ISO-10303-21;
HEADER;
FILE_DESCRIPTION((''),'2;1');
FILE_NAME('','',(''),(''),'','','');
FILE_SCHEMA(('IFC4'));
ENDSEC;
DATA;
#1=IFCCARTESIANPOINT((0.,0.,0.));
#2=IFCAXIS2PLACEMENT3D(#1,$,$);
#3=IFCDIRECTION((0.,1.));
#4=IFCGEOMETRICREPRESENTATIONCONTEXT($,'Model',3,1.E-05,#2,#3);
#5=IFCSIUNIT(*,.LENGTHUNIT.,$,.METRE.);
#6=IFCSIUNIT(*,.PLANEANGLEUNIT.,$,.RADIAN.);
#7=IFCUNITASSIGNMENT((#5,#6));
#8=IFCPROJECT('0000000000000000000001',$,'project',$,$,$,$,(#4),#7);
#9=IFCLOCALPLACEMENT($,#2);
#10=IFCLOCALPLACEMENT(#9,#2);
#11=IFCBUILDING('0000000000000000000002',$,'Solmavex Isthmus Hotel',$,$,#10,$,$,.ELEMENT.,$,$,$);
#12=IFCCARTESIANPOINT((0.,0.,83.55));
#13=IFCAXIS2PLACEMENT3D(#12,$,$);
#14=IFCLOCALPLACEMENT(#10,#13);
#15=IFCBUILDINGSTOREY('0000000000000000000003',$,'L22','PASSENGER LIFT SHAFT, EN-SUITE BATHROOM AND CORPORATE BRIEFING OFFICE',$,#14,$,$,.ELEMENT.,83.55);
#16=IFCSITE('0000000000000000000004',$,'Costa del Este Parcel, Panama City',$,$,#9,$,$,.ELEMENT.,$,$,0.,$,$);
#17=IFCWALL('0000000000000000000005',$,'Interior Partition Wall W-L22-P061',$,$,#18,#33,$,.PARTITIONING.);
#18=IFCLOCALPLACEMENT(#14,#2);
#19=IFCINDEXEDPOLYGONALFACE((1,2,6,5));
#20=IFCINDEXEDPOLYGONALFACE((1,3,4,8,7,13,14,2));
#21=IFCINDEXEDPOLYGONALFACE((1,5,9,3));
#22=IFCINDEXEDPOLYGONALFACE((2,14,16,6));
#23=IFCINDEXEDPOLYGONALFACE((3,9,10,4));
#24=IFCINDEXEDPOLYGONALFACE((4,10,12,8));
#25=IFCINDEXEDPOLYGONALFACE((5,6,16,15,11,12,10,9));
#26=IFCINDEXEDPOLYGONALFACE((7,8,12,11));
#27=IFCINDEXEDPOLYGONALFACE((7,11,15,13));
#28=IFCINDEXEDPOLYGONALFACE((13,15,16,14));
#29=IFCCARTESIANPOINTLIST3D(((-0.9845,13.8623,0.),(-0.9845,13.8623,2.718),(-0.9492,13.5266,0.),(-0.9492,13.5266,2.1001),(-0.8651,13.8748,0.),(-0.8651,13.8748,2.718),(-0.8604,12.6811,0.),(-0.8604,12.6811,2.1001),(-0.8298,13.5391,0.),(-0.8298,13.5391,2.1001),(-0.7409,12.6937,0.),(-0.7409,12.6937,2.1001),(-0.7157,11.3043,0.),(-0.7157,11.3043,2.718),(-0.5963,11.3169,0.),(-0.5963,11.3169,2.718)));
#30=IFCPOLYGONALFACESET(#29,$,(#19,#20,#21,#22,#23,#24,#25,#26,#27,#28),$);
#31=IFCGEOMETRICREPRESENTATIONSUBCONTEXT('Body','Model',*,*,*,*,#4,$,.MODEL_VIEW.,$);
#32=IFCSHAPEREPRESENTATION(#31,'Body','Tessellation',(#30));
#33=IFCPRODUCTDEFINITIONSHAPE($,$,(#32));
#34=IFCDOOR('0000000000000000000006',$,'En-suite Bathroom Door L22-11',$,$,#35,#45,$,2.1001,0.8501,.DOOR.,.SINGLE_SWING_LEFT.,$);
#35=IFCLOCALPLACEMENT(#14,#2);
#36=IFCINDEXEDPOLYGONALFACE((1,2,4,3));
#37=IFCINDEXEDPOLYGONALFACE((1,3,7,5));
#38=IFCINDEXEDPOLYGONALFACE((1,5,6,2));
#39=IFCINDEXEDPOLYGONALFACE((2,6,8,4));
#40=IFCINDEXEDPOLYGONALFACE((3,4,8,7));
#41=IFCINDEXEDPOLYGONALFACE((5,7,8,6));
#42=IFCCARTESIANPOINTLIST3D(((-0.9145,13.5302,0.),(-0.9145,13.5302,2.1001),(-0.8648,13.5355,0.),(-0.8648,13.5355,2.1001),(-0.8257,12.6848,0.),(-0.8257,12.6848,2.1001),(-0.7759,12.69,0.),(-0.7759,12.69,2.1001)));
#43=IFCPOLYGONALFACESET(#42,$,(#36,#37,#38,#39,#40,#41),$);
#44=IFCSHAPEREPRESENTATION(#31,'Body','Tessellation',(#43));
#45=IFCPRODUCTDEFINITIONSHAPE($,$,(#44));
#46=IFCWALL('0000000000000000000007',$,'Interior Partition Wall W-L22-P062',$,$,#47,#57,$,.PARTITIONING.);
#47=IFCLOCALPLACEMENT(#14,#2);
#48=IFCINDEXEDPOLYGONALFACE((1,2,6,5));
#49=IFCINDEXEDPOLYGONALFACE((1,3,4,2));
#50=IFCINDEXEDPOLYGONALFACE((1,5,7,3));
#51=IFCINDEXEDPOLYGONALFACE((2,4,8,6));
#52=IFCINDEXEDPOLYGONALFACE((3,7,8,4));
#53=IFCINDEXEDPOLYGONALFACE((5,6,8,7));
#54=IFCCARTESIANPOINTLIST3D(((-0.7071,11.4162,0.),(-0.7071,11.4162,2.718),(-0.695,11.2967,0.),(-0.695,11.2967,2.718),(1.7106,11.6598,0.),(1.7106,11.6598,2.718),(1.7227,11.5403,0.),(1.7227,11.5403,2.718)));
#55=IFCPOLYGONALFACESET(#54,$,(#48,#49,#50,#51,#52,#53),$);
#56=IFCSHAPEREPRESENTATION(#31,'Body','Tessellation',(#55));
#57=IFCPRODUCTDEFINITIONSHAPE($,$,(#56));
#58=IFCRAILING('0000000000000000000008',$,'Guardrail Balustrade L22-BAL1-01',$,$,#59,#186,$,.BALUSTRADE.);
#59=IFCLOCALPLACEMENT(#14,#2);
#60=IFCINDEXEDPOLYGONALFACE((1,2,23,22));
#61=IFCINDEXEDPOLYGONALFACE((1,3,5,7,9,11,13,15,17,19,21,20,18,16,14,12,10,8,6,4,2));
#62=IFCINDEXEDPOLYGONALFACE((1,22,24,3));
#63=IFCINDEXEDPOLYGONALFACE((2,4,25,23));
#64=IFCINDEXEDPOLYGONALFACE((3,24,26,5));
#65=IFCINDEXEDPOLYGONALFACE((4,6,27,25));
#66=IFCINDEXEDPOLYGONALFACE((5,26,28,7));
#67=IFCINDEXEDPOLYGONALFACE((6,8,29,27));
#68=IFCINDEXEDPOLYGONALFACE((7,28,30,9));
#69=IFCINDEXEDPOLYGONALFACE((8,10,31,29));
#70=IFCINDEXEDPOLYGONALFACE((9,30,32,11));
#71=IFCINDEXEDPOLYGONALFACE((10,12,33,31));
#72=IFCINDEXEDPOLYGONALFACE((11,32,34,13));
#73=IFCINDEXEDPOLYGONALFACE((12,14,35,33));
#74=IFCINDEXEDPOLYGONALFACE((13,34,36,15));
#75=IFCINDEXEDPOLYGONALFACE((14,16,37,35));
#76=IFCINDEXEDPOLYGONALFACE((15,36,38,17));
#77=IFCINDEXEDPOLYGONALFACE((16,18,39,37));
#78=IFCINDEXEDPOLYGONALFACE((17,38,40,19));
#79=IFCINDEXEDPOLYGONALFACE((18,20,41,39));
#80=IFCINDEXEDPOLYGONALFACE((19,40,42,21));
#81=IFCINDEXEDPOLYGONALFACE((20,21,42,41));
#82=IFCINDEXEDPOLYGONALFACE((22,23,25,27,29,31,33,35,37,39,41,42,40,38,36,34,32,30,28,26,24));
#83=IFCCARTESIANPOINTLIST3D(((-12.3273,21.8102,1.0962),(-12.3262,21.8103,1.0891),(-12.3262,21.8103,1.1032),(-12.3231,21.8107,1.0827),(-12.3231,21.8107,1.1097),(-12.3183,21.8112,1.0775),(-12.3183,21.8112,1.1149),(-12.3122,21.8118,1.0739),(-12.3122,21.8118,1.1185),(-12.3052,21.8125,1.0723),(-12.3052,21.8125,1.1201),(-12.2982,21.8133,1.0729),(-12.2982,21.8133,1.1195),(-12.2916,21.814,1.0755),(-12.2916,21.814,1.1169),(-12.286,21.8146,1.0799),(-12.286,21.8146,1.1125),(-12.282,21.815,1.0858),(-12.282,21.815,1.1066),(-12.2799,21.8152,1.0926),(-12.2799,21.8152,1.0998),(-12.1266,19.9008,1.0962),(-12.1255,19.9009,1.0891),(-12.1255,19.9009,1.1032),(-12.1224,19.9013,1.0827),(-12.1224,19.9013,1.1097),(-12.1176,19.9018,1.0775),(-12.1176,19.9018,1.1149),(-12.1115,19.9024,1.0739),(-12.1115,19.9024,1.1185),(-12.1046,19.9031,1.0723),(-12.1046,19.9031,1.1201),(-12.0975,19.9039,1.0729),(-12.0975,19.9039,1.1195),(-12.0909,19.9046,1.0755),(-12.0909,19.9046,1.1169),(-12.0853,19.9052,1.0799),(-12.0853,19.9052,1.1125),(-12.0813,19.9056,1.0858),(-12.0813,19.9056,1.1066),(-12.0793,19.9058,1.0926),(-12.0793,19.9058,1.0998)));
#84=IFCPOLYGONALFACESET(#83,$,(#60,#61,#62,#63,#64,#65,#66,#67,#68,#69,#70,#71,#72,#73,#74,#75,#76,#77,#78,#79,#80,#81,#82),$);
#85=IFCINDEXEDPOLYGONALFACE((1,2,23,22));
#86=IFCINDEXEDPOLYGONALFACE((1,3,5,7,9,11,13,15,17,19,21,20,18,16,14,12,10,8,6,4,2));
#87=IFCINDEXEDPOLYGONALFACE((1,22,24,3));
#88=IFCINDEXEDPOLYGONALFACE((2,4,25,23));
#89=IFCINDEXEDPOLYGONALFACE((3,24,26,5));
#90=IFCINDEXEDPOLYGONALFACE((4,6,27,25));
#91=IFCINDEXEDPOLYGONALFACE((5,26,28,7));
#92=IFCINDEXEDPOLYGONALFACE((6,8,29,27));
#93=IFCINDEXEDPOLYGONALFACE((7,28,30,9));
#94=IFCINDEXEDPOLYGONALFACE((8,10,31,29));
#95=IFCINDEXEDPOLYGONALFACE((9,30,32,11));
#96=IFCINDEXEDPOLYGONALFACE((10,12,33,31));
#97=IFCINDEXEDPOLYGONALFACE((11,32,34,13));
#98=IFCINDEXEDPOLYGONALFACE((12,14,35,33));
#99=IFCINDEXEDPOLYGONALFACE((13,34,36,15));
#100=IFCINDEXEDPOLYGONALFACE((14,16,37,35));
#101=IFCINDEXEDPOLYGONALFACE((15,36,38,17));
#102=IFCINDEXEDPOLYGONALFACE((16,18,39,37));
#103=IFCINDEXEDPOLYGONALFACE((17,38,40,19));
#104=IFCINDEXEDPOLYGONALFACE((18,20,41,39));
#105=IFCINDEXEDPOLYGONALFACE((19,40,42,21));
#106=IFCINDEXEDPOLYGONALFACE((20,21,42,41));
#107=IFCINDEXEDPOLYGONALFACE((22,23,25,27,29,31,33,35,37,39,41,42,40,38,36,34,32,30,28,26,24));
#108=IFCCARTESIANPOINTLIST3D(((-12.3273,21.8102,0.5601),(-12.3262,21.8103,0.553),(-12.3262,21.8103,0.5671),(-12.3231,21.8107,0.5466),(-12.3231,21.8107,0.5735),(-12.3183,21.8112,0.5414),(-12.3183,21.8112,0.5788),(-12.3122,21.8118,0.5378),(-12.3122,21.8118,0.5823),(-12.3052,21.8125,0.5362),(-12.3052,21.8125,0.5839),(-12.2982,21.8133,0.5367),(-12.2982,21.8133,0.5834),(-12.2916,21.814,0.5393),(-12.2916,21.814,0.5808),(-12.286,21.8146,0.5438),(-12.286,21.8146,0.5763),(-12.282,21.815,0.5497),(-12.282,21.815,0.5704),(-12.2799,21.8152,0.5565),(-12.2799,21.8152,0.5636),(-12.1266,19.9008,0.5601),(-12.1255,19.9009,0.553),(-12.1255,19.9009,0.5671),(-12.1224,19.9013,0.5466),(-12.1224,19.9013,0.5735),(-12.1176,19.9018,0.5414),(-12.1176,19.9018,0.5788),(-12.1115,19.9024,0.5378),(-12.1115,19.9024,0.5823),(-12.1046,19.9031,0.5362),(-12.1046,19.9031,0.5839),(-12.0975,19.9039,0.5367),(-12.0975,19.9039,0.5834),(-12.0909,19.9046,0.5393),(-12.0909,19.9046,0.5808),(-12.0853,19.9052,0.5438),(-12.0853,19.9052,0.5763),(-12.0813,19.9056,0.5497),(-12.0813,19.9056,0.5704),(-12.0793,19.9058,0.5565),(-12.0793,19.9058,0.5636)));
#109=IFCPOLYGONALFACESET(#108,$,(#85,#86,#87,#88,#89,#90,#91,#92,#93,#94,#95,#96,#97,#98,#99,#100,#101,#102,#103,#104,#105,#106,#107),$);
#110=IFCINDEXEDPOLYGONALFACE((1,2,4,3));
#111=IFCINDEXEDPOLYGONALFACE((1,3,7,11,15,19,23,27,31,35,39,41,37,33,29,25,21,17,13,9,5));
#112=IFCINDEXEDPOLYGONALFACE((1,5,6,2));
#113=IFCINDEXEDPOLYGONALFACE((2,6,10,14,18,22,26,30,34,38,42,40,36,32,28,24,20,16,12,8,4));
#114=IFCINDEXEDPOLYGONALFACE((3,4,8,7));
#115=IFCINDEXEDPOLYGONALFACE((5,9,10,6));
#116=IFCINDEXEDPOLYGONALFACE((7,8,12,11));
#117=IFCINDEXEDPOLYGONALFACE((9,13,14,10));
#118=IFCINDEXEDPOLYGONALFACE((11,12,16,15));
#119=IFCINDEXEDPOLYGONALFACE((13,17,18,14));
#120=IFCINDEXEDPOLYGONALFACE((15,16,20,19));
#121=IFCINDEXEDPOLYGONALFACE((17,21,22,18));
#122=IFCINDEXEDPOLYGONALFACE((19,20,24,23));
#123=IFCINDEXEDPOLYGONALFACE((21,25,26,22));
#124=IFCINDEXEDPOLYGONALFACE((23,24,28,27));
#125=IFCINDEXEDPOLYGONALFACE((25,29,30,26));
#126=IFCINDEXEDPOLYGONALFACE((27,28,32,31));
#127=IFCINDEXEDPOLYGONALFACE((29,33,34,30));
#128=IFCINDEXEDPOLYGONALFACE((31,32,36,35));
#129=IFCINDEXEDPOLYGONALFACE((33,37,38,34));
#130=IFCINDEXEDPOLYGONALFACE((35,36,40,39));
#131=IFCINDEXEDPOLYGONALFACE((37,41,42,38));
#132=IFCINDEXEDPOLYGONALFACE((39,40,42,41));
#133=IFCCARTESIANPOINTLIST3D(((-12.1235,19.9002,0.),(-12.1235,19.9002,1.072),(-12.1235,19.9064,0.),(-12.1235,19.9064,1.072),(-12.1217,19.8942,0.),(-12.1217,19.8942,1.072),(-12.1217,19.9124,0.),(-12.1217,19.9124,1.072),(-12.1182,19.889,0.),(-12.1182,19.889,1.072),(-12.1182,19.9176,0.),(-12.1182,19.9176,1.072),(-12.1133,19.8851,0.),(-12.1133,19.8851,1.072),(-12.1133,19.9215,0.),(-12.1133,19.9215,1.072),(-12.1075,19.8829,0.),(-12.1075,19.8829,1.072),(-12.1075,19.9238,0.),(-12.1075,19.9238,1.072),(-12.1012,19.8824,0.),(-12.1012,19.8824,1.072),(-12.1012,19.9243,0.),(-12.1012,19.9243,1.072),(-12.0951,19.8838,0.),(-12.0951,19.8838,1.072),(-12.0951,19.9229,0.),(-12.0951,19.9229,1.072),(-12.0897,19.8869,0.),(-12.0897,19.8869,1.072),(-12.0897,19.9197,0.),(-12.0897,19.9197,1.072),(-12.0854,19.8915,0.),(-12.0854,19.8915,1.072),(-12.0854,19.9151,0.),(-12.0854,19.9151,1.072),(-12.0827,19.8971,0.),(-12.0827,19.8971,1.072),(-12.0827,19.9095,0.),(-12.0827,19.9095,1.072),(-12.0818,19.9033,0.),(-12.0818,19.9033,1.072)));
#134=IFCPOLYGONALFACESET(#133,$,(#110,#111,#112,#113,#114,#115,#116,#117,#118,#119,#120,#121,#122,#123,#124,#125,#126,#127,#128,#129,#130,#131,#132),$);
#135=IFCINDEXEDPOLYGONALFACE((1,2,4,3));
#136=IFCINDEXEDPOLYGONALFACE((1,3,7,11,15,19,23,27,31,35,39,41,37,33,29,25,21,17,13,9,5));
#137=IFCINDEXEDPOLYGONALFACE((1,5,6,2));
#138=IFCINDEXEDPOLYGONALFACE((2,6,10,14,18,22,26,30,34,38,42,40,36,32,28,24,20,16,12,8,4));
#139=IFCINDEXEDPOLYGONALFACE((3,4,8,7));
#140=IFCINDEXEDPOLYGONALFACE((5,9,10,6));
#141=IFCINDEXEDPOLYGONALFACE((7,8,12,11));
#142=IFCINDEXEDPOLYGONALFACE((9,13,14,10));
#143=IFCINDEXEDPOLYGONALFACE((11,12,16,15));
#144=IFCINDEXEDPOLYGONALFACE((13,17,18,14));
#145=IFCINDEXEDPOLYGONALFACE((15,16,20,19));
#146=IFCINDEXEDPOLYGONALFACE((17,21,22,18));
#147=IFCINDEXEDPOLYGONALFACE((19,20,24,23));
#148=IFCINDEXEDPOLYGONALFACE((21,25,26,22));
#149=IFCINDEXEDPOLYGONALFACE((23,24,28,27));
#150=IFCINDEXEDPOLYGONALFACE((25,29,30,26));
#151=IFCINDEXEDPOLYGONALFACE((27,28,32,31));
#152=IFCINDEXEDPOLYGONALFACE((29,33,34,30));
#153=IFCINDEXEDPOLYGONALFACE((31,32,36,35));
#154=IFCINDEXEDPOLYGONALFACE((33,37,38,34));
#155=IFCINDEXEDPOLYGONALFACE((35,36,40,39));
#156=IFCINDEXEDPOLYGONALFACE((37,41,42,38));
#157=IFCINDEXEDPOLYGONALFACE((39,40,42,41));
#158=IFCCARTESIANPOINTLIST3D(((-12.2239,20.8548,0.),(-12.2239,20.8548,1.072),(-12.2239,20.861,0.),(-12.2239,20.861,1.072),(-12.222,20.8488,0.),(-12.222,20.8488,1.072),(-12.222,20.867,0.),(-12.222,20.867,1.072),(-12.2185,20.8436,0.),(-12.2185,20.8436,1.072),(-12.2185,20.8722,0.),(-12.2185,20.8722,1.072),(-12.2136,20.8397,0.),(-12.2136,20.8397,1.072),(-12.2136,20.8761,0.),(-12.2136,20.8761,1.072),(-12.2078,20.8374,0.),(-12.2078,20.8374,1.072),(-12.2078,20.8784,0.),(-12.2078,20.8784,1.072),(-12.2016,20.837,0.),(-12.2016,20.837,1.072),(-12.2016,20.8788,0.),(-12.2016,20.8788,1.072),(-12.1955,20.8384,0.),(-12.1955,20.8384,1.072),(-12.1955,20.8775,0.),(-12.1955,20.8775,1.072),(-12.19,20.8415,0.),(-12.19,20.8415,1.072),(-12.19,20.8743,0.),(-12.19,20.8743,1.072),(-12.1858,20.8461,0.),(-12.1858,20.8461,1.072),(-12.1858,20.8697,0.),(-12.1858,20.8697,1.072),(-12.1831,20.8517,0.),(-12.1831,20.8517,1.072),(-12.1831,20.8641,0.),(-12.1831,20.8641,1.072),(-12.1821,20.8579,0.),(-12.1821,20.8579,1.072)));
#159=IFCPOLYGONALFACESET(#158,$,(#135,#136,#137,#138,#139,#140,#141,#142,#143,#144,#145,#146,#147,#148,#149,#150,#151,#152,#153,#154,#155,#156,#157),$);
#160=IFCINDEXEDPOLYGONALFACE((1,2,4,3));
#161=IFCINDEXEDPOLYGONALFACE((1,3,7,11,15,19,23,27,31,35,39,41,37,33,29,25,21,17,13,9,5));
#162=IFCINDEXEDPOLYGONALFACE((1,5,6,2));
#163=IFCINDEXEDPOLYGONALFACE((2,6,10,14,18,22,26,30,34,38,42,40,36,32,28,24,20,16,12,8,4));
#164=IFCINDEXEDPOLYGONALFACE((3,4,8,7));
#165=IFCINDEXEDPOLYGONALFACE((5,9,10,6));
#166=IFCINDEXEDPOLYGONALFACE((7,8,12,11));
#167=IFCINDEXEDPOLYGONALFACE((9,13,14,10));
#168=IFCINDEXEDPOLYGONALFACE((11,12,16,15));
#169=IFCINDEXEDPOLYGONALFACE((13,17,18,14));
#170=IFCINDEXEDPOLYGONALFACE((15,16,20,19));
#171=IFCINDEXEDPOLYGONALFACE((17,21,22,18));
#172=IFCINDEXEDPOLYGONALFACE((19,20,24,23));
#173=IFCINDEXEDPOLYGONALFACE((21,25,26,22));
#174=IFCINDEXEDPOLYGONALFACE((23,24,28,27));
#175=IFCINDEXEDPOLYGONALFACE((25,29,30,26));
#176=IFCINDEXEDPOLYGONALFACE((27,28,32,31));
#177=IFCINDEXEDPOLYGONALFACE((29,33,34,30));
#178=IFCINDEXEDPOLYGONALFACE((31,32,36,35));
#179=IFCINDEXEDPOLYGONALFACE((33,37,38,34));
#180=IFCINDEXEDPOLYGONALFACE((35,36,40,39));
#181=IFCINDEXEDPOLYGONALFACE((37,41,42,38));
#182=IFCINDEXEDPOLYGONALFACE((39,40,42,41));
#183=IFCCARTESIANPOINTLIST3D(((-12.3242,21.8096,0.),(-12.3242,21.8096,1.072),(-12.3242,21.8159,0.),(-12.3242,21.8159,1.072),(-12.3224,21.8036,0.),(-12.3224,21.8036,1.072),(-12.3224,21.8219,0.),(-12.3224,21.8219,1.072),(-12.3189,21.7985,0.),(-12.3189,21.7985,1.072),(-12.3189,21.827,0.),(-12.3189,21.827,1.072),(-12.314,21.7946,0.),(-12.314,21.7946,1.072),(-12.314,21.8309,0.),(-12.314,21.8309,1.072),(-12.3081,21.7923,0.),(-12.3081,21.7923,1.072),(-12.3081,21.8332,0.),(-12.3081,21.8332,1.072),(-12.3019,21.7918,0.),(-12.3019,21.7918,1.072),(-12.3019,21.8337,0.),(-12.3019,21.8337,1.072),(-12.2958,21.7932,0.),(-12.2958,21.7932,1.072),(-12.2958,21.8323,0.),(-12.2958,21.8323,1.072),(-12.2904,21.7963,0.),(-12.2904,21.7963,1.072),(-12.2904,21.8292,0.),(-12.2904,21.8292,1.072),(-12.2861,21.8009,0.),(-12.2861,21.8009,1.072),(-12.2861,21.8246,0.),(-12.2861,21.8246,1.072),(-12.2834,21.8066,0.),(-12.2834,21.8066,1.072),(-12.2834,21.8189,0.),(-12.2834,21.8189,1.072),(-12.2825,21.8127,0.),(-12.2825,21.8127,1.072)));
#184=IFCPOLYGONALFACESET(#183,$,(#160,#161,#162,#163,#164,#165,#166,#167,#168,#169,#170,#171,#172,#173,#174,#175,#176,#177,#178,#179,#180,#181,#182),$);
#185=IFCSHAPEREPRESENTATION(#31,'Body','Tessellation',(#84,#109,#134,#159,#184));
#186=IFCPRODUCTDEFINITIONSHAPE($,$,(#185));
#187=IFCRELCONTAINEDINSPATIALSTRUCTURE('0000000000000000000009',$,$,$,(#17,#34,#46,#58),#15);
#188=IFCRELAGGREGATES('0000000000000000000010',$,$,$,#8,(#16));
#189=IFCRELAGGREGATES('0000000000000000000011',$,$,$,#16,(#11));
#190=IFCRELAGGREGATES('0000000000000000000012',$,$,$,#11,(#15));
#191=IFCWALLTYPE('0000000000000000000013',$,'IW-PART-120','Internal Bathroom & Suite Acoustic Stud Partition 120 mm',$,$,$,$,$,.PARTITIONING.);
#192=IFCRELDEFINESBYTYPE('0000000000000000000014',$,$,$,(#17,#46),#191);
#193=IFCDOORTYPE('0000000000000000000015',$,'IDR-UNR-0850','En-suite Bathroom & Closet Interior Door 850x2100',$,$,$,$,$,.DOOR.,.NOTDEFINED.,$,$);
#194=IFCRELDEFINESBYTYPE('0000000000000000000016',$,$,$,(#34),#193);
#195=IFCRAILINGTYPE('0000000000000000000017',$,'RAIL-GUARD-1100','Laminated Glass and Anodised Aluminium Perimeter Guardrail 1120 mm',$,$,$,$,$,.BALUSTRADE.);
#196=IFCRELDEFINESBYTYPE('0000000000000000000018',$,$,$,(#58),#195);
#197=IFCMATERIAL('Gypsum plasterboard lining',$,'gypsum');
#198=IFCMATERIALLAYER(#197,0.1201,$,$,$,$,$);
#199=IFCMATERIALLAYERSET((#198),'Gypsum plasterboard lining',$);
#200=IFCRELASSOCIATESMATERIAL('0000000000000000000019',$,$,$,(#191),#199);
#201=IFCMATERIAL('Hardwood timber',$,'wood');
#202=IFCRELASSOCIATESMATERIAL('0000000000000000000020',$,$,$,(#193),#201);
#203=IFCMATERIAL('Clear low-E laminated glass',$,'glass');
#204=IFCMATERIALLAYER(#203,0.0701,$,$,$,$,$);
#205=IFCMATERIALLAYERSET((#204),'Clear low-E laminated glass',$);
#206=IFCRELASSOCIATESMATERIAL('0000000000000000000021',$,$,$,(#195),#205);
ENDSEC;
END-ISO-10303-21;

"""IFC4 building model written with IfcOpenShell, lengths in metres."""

from ifc_helpers import new_model, si_unit, direction, frame, frame_2d, origin, origin_2d, place, context, subcontext, project, spatial, rectangle, circle, extrude, material, layer, layer_set, type_object, element, fill, save


model = new_model("IFC4")

# Units and contexts
model_context = context("Model", 3, precision=1e-05, world=origin(), true_north=direction((0.0, 1.0)))
body_context = subcontext(model_context, "Body", "Model", "MODEL_VIEW")
ifc_project = project(units=[si_unit("LENGTHUNIT", "METRE"), si_unit("PLANEANGLEUNIT", "RADIAN")], contexts=[model_context])

# Site, building, storey
site_placement = place(None, origin())
site = spatial("IfcSite", under=ifc_project, at=site_placement, Name="Costa del Este Parcel, Panama City", CompositionType="ELEMENT", RefElevation=0.0)
building_placement = place(site_placement, origin())
building = spatial("IfcBuilding", under=site, at=building_placement, Name="Solmavex Isthmus Hotel", CompositionType="ELEMENT")
storey_placement = place(building_placement, frame((0.0, 0.0, 83.55)))
storey = spatial("IfcBuildingStorey", under=building, at=storey_placement, Name="L22", Description="PASSENGER LIFT SHAFT, EN-SUITE BATHROOM AND CORPORATE BRIEFING OFFICE", CompositionType="ELEMENT", Elevation=83.55)

# Shared definitions
ifc_material_1 = material(Name="Clear low-E laminated glass", Category="glass")

# Shared definitions
ifc_material_2 = material(Name="Gypsum plasterboard lining", Category="gypsum")

# Shared definitions
ifc_material_3 = material(Name="Hardwood timber", Category="wood")

# Wall, opening, door
ifc_layer_1 = layer(ifc_material_2, 0.1201)
ifc_layer_set_1 = layer_set([ifc_layer_1], Name="Gypsum plasterboard lining")
wall_type_1 = type_object("IfcWallType", Name="IW-PART-120", Description="Internal Bathroom & Suite Acoustic Stud Partition 120 mm", PredefinedType="PARTITIONING", material=ifc_layer_set_1)
wall_1_placement = place(storey_placement, frame((-0.9248, 13.8687, 0.0), z_axis=(0.0, 0.0, 1.0), x_axis=(0.104512, -0.994524, 0.0)))
wall_1 = element("IfcWall", 1, at=wall_1_placement, inside=storey, type_object=wall_type_1, Name="Interior Partition Wall W-L22-P061", PredefinedType="PARTITIONING", context=body_context, shape_type="SweptSolid", body=[
    extrude(rectangle(XDim=2.572, YDim=0.1201, at=frame_2d((1.2861, 0.0))), origin(), (0.0, 0.0, 1.0), 2.718),
])
opening_1_placement = place(wall_1_placement, frame((0.3376, 0.0, 0.0)))
opening_1 = element("IfcOpeningElement", 2, at=opening_1_placement, cuts=wall_1, PredefinedType="OPENING", context=body_context, shape_type="SweptSolid", body=[
    extrude(rectangle(XDim=0.8501, YDim=2.1001, at=frame_2d((0.425, 1.05))), frame((0.0, 0.0701, 0.0), z_axis=(0.0, -1.0, 0.0), x_axis=(1.0, 0.0, 0.0)), (0.0, 0.0, 1.0), 0.1401),
])
door_type_1 = type_object("IfcDoorType", Name="IDR-UNR-0850", Description="En-suite Bathroom & Closet Interior Door 850x2100", OperationType="NOTDEFINED", PredefinedType="DOOR", material=ifc_material_3)
door_1_placement = place(opening_1_placement, origin())
door_1 = element("IfcDoor", 3, at=door_1_placement, inside=storey, type_object=door_type_1, Name="En-suite Bathroom Door L22-11", OperationType="SINGLE_SWING_LEFT", OverallHeight=2.1001, OverallWidth=0.8501, PredefinedType="DOOR", context=body_context, shape_type="SweptSolid", body=[
    extrude(rectangle(XDim=0.8501, YDim=2.1001, at=frame_2d((0.425, 1.05))), frame((0.0, 0.0249, 0.0), z_axis=(0.0, -1.0, 0.0), x_axis=(1.0, 0.0, 0.0)), (0.0, 0.0, 1.0), 0.05),
])
fill(opening_1, door_1)

# Wall
wall_2_placement = place(storey_placement, frame((-0.7009, 11.3564, 0.0), z_axis=(0.0, 0.0, 1.0), x_axis=(0.99496, 0.10027, 0.0)))
element("IfcWall", 4, at=wall_2_placement, inside=storey, type_object=wall_type_1, Name="Interior Partition Wall W-L22-P062", PredefinedType="PARTITIONING", context=body_context, shape_type="SweptSolid", body=[
    extrude(rectangle(XDim=2.4299, YDim=0.1201, at=frame_2d((1.2148, 0.0))), origin(), (0.0, 0.0, 1.0), 2.718),
])

# Railing
ifc_layer_2 = layer(ifc_material_1, 0.0701)
ifc_layer_set_2 = layer_set([ifc_layer_2], Name="Clear low-E laminated glass")
railing_type = type_object("IfcRailingType", Name="RAIL-GUARD-1100", Description="Laminated Glass and Anodised Aluminium Perimeter Guardrail 1120 mm", PredefinedType="BALUSTRADE", material=ifc_layer_set_2)
railing_1_placement = place(storey_placement, frame((-12.1028, 19.9033, 0.0)))
element("IfcRailing", 5, at=railing_1_placement, inside=storey, type_object=railing_type, Name="Guardrail Balustrade L22-BAL1-01", PredefinedType="BALUSTRADE", context=body_context, shape_type="SweptSolid", body=[
    extrude(circle(Radius=0.0239, at=origin_2d()), frame((0.0, 0.0, 1.0962), z_axis=(-0.104526, 0.994522, 0.0), x_axis=(-0.994522, -0.104526, 0.0)), (0.0, 0.0, 1.0), 1.9199),
    extrude(circle(Radius=0.0239, at=origin_2d()), frame((0.0, 0.0, 0.5601), z_axis=(-0.104526, 0.994522, 0.0), x_axis=(-0.994522, -0.104526, 0.0)), (0.0, 0.0, 1.0), 1.9199),
    extrude(circle(Radius=0.021, at=origin_2d()), origin(), (0.0, 0.0, 1.0), 1.072),
    extrude(circle(Radius=0.021, at=origin_2d()), frame((-0.1003, 0.9546, 0.0)), (0.0, 0.0, 1.0), 1.072),
    extrude(circle(Radius=0.021, at=origin_2d()), frame((-0.2007, 1.9094, 0.0)), (0.0, 0.0, 1.0), 1.072),
])

save(model, "model.ifc")
